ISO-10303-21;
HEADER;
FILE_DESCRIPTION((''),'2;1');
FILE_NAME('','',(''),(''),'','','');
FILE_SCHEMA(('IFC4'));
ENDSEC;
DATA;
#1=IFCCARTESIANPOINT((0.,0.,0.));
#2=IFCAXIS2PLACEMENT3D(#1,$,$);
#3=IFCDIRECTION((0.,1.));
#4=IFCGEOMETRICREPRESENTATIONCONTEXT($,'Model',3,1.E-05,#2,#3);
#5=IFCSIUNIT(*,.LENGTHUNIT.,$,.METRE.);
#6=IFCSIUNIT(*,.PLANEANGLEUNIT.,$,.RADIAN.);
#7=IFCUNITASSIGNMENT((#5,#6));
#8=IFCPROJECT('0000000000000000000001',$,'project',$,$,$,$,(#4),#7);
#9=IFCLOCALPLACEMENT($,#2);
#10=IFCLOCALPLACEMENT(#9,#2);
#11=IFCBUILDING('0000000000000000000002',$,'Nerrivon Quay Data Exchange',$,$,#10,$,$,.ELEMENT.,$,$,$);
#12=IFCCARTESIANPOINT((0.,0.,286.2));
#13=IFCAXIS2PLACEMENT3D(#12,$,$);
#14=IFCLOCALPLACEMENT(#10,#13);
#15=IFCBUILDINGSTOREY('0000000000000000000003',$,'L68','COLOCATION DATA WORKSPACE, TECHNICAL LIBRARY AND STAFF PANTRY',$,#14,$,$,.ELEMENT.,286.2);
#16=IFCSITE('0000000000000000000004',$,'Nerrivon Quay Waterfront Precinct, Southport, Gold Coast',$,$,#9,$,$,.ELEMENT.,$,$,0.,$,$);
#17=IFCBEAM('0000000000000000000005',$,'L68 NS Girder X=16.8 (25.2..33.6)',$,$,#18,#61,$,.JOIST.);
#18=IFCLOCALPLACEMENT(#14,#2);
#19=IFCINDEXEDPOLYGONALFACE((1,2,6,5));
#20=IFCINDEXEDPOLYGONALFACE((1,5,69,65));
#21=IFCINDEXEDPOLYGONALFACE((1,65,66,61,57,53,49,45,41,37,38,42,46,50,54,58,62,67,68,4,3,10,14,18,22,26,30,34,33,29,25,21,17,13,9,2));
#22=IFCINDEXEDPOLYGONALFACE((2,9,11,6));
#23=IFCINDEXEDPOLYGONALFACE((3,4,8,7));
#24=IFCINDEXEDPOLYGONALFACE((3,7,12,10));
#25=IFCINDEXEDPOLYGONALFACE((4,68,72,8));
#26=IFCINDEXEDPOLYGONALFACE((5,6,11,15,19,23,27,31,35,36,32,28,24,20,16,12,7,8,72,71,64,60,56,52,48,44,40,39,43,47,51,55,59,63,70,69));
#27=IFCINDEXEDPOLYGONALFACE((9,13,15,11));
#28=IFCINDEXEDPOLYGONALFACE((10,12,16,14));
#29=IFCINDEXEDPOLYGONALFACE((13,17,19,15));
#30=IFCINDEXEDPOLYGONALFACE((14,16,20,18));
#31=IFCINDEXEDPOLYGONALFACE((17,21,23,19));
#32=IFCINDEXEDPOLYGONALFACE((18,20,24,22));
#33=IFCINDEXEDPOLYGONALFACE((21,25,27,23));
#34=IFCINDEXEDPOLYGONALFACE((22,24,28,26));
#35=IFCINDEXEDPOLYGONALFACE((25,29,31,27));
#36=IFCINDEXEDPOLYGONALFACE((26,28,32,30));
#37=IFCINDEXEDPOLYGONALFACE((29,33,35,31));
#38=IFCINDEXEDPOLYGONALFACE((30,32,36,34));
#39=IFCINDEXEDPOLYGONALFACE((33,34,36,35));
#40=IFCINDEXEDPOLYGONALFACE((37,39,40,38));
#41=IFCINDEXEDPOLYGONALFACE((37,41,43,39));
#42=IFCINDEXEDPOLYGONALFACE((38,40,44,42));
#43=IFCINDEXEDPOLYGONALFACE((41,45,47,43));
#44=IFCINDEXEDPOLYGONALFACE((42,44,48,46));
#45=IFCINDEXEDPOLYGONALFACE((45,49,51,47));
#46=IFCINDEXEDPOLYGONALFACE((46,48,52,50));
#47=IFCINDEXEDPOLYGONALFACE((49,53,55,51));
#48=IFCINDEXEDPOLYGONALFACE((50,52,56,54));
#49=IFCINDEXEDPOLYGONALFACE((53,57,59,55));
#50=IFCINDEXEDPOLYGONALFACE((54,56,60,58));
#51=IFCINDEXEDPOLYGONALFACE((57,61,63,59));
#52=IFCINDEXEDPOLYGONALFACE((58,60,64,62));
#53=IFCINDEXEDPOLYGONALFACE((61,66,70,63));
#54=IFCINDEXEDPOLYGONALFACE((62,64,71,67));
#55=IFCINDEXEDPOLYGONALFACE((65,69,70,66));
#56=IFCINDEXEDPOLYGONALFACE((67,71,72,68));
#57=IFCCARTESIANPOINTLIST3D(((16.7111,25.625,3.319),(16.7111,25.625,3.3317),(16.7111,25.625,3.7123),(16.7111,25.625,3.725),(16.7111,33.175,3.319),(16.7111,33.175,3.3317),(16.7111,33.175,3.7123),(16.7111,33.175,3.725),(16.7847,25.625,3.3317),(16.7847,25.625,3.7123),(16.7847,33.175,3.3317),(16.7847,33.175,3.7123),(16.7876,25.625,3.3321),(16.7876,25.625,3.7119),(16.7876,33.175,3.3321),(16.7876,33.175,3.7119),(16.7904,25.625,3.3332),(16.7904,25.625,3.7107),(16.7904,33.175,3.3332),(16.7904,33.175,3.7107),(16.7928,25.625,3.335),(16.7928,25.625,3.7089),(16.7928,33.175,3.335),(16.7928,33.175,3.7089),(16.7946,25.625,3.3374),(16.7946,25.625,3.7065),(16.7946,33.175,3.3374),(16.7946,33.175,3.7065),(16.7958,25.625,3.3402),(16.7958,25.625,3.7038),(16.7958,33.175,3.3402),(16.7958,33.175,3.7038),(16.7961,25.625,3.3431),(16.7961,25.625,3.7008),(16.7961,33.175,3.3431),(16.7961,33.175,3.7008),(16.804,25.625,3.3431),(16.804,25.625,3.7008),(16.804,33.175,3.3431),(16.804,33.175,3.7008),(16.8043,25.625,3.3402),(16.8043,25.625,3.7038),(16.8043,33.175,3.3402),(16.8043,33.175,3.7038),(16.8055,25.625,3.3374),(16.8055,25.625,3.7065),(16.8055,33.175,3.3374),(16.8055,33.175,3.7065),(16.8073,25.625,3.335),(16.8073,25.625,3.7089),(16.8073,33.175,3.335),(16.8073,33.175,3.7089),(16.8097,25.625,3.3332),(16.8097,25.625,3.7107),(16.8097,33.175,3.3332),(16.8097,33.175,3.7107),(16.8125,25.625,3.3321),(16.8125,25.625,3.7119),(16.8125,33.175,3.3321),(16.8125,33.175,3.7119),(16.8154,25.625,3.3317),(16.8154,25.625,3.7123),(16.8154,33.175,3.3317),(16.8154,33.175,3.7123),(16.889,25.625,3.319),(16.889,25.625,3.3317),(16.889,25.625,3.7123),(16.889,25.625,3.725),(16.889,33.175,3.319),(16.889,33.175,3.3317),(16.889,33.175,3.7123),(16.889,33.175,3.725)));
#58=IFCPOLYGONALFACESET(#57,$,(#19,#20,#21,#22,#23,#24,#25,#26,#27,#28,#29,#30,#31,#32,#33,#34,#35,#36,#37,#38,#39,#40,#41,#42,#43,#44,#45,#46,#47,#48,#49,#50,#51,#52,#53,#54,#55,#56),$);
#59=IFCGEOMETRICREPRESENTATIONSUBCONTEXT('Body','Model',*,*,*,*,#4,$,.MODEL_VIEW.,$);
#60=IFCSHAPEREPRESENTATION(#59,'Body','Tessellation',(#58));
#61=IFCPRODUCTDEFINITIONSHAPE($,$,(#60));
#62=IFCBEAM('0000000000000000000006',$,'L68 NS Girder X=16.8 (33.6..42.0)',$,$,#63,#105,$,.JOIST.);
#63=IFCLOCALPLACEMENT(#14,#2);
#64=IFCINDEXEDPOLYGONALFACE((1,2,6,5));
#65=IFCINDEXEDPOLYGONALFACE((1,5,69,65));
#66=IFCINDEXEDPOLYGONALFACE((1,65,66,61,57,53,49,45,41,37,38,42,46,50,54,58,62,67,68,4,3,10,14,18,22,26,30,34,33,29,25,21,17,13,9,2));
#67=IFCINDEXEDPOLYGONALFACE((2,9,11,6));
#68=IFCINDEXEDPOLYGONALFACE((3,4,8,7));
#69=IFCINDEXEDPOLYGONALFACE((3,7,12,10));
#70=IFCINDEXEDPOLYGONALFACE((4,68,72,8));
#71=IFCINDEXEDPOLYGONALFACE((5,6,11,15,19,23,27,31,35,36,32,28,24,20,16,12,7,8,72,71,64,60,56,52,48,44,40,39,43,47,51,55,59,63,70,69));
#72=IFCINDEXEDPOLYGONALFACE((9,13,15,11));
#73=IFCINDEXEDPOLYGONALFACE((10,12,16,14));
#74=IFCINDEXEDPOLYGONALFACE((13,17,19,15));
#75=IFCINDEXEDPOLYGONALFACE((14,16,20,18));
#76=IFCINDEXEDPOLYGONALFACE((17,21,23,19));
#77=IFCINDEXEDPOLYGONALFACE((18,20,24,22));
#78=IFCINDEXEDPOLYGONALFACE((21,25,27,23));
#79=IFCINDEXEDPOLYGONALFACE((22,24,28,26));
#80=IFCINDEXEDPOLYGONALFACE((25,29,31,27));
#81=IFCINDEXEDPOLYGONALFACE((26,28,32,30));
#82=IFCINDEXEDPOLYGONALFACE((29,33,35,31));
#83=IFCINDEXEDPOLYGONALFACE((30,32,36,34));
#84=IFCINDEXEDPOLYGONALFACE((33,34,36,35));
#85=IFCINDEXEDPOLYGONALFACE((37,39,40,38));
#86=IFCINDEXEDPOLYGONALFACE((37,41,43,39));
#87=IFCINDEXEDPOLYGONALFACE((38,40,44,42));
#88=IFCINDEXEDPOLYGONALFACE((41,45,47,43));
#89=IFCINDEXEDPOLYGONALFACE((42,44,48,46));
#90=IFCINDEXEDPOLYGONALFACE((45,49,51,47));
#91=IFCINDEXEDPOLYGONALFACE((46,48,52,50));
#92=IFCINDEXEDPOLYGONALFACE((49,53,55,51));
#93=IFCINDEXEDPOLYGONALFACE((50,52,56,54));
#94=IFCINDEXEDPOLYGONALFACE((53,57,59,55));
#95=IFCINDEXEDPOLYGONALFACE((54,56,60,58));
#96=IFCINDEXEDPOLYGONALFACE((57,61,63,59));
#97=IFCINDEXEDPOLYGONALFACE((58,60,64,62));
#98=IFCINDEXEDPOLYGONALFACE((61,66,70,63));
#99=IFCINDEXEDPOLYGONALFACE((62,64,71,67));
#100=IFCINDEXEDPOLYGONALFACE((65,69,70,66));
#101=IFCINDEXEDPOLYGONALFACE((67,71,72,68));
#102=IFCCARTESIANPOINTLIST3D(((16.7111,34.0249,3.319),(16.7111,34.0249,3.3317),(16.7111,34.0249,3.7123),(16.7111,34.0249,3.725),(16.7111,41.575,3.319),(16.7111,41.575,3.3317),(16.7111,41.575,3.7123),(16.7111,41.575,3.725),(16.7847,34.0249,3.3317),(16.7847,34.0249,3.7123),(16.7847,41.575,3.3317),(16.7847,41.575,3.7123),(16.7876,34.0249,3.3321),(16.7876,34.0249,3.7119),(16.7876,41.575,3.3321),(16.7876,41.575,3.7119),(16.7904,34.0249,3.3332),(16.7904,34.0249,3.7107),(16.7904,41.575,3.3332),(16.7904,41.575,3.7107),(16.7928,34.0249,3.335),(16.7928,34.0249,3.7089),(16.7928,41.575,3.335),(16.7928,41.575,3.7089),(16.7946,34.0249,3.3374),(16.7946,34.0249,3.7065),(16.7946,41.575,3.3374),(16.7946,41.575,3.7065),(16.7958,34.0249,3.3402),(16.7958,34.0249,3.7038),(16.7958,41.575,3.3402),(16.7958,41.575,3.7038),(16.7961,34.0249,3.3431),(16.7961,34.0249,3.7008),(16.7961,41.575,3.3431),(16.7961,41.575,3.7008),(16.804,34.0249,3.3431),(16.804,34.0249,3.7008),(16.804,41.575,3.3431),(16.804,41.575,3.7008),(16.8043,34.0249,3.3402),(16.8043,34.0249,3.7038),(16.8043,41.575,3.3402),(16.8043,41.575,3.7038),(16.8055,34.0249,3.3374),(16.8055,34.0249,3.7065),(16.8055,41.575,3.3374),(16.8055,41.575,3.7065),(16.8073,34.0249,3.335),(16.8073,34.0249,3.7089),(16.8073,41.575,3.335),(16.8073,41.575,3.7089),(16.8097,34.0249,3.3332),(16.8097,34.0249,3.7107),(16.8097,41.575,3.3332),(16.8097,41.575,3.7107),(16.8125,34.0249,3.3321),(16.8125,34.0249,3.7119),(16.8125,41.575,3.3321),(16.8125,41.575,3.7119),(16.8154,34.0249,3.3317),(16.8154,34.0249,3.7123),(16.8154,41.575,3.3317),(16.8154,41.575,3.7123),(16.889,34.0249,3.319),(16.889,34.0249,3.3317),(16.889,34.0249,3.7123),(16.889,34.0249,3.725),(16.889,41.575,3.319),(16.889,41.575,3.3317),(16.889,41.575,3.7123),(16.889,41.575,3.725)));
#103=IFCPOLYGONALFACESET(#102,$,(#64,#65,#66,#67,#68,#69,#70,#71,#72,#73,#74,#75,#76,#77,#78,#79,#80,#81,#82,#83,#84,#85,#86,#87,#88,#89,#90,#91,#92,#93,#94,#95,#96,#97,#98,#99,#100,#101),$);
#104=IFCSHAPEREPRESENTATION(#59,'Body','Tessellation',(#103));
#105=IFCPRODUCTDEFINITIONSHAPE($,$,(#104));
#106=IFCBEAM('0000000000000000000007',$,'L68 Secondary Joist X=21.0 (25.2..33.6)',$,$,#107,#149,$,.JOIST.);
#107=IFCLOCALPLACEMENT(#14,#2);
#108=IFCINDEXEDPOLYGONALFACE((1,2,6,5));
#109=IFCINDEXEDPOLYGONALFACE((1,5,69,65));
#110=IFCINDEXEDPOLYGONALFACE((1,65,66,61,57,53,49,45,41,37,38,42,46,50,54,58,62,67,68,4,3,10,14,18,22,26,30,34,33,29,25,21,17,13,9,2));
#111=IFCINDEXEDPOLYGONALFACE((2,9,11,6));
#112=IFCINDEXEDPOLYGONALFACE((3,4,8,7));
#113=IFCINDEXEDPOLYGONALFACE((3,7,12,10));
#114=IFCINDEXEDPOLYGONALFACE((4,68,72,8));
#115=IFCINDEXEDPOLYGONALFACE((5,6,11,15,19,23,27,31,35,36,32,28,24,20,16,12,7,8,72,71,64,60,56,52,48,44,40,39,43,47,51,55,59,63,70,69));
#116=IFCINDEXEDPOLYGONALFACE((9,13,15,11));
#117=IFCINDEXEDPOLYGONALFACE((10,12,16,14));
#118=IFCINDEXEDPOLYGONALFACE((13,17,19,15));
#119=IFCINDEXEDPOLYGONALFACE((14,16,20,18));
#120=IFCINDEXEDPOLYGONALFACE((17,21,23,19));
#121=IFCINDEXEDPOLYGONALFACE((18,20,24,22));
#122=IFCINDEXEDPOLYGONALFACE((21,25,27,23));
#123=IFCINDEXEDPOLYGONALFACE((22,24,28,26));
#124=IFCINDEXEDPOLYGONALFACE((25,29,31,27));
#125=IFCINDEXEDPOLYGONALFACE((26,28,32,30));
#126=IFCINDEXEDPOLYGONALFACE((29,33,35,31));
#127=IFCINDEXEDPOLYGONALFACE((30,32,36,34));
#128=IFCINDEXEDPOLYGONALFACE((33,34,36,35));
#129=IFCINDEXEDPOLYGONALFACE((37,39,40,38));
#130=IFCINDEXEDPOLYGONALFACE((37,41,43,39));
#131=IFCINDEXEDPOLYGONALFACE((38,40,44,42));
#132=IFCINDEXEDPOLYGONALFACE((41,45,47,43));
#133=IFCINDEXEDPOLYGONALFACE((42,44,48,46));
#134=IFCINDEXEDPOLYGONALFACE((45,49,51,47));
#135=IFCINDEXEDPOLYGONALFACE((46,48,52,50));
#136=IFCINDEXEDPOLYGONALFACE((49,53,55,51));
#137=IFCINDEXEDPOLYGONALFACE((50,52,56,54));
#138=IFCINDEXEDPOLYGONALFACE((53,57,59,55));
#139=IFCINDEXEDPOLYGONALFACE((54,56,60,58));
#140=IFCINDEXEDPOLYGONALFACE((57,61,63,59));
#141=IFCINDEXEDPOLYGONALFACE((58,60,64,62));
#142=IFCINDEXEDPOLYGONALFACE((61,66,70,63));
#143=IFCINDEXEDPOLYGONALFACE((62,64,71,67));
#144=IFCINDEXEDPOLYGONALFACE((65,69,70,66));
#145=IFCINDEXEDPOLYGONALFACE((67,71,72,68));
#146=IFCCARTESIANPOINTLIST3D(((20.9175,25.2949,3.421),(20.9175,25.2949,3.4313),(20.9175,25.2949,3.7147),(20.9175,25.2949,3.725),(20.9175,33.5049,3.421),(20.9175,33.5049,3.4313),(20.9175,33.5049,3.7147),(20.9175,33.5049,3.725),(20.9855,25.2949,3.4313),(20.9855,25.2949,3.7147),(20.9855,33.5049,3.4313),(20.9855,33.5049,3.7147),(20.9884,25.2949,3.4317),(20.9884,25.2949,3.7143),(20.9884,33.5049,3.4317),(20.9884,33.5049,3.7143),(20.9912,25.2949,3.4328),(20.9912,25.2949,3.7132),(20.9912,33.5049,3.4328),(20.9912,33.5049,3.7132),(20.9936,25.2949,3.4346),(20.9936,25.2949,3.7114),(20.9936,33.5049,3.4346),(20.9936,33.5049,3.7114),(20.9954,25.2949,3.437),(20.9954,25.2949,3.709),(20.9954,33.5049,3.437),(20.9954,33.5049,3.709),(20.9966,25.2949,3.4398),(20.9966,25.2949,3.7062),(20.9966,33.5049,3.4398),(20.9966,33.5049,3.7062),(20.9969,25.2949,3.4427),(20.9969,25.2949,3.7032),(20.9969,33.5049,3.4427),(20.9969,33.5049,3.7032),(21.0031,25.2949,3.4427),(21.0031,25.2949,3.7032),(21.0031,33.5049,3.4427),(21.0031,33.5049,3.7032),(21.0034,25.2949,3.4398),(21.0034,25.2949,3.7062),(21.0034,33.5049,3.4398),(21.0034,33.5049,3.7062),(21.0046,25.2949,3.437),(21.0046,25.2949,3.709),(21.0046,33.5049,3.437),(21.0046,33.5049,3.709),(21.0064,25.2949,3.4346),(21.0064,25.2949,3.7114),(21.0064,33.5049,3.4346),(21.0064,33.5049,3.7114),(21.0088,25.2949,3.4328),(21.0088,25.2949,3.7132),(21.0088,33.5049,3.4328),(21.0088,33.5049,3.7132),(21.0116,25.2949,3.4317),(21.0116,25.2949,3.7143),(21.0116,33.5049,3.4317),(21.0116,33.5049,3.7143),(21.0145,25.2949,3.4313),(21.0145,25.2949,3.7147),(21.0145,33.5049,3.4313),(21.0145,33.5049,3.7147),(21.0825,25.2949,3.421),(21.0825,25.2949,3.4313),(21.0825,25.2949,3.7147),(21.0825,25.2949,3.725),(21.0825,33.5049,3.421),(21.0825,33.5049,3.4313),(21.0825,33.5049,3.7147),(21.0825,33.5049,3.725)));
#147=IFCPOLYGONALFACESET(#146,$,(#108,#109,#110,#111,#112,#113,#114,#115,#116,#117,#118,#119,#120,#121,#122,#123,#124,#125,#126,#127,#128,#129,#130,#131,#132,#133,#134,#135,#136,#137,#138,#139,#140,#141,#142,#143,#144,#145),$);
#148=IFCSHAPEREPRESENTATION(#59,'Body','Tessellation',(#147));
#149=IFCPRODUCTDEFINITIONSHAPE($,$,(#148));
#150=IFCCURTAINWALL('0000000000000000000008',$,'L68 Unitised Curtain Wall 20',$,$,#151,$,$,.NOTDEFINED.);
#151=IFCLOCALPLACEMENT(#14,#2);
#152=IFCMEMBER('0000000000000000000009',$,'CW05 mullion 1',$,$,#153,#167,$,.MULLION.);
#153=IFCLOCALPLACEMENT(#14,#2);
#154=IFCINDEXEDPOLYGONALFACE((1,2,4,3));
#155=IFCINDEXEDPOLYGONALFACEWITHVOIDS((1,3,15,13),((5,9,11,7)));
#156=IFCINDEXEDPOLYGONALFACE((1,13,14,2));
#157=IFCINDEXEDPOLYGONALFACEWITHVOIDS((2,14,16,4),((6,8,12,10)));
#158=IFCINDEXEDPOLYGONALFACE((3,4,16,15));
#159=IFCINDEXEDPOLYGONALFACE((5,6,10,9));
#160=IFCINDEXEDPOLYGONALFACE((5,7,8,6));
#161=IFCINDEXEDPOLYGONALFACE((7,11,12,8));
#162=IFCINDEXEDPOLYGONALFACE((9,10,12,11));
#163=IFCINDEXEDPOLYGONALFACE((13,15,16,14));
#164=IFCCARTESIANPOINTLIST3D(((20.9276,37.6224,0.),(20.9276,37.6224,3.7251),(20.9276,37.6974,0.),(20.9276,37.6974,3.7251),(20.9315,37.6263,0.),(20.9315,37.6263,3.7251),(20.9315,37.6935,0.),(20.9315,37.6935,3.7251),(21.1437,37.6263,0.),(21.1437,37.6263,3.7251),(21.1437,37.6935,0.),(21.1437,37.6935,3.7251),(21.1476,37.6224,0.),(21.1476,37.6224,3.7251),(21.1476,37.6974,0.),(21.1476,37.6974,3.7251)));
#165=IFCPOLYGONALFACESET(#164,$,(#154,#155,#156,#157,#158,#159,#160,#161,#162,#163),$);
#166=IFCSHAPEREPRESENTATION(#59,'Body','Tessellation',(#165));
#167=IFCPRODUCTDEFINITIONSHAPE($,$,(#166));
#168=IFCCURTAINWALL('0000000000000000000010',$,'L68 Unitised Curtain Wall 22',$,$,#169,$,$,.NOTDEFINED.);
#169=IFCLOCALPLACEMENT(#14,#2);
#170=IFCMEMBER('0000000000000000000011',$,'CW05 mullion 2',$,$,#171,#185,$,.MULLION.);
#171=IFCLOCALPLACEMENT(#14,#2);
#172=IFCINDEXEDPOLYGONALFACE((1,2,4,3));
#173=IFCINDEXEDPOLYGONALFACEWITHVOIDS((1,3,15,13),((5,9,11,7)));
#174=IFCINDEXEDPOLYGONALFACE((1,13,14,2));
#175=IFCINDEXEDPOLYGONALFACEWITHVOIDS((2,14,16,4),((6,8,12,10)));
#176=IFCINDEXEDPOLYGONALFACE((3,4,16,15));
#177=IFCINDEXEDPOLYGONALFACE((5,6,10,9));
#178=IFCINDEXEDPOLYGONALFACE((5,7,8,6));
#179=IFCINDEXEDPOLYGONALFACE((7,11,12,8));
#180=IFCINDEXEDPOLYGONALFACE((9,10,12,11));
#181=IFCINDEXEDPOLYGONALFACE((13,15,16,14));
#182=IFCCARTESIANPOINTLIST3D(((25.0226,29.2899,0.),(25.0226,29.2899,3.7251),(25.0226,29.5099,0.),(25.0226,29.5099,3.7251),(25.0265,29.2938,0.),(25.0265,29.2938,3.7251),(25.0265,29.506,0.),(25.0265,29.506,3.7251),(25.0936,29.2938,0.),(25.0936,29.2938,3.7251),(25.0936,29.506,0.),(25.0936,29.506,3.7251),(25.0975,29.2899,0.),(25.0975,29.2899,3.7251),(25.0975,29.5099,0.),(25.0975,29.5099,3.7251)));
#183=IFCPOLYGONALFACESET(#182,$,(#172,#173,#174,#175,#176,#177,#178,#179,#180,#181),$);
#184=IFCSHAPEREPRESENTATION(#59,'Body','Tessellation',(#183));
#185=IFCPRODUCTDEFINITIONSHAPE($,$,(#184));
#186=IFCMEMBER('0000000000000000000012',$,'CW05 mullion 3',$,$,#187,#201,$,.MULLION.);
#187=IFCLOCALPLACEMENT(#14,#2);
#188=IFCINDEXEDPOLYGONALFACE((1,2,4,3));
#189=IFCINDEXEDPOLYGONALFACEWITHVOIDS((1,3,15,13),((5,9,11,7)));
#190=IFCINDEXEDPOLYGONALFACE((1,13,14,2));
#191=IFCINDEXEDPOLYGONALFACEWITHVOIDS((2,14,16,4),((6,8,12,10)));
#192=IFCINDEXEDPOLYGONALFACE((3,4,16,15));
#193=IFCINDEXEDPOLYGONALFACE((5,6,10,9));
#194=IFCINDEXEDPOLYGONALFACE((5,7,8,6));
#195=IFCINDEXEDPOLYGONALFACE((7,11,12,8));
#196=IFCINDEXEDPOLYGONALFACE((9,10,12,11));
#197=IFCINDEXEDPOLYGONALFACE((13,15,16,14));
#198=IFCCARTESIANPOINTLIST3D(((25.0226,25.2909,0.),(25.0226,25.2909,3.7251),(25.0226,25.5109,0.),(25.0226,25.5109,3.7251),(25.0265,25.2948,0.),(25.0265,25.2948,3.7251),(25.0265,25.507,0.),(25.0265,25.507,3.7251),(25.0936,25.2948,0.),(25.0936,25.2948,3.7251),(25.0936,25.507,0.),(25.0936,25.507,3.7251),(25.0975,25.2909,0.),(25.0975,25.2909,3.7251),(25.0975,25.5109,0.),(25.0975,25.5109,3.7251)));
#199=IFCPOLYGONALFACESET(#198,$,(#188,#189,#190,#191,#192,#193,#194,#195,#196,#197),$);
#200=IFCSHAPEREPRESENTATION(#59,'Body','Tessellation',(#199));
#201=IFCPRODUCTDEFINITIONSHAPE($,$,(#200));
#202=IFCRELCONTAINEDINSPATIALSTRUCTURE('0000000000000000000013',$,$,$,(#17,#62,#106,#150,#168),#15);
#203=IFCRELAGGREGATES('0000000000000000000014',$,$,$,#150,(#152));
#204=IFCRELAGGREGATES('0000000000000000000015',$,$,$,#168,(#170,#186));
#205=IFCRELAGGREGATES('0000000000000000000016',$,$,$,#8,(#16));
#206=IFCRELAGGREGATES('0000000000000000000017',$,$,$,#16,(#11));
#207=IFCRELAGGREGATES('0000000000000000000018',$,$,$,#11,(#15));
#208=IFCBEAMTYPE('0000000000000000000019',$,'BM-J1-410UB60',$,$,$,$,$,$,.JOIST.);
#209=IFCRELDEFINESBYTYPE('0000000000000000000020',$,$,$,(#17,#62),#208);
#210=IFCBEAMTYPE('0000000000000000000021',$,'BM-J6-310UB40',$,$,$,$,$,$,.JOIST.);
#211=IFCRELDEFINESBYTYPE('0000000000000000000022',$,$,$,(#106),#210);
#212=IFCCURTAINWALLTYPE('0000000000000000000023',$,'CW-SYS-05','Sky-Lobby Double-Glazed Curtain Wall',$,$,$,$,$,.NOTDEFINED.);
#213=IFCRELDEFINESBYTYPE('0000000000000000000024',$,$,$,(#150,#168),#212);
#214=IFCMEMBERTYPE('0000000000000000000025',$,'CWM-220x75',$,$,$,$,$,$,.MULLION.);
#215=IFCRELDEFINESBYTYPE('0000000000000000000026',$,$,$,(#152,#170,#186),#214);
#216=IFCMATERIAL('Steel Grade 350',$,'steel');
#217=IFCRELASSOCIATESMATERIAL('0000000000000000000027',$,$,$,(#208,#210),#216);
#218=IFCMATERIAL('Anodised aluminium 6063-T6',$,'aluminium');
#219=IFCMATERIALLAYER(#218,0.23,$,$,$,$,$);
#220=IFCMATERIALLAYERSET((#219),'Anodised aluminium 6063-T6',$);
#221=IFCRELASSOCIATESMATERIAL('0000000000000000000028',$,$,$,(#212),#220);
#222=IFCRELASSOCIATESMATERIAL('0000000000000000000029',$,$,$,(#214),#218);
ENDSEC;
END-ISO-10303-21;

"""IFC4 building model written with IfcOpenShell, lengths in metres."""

from ifc_helpers import new_model, si_unit, direction, frame, origin, origin_2d, place, context, subcontext, project, spatial, hollow_rectangle, i_section, extrude, material, layer, layer_set, material_profile, profile_set, type_object, element, aggregate, save


model = new_model("IFC4")

# Units and contexts
model_context = context("Model", 3, precision=1e-05, world=origin(), true_north=direction((0.0, 1.0)))
body_context = subcontext(model_context, "Body", "Model", "MODEL_VIEW")
ifc_project = project(units=[si_unit("LENGTHUNIT", "METRE"), si_unit("PLANEANGLEUNIT", "RADIAN")], contexts=[model_context])

# Site, building, storey
site_placement = place(None, origin())
site = spatial("IfcSite", under=ifc_project, at=site_placement, Name="Nerrivon Quay Waterfront Precinct, Southport, Gold Coast", CompositionType="ELEMENT", RefElevation=0.0)
building_placement = place(site_placement, origin())
building = spatial("IfcBuilding", under=site, at=building_placement, Name="Nerrivon Quay Data Exchange", CompositionType="ELEMENT")
storey_placement = place(building_placement, frame((0.0, 0.0, 286.2)))
storey = spatial("IfcBuildingStorey", under=building, at=storey_placement, Name="L68", Description="COLOCATION DATA WORKSPACE, TECHNICAL LIBRARY AND STAFF PANTRY", CompositionType="ELEMENT", Elevation=286.2)

# Beams
ifc_material_1 = material(Name="Steel Grade 350", Category="steel")
ifc_material_profile_1 = material_profile(ifc_material_1, i_section(OverallWidth=0.178, OverallDepth=0.406, WebThickness=0.0078, FlangeThickness=0.0127, FilletRadius=0.0115, at=origin_2d()), Name="410UB59.7")
ifc_profile_set_1 = profile_set([ifc_material_profile_1], Name="Steel Grade 350")
beam_type_1 = type_object("IfcBeamType", Name="BM-J1-410UB60", PredefinedType="JOIST", material=ifc_profile_set_1)
for number, where, z_axis, x_axis, name in (
    (1, (16.8, 25.625, 3.522), (0.0, 1.0, 0.0), (-1.0, 0.0, 0.0), "L68 NS Girder X=16.8 (25.2..33.6)"),
    (2, (16.8, 34.0249, 3.522), (0.0, 1.0, 0.0), (-1.0, 0.0, 0.0), "L68 NS Girder X=16.8 (33.6..42.0)"),
):
    element("IfcBeam", number, at=place(storey_placement, frame(where, z_axis=z_axis, x_axis=x_axis)), inside=storey, type_object=beam_type_1, Name=name, PredefinedType="JOIST", context=body_context, shape_type="SweptSolid", body=[
        extrude(i_section(OverallWidth=0.178, OverallDepth=0.406, WebThickness=0.0078, FlangeThickness=0.0127, FilletRadius=0.0115, at=origin_2d()), origin(), (0.0, 0.0, 1.0), 7.55),
    ])
ifc_material_profile_2 = material_profile(ifc_material_1, i_section(OverallWidth=0.165, OverallDepth=0.304, WebThickness=0.0061, FlangeThickness=0.0103, FilletRadius=0.0115, at=origin_2d()), Name="310UB40.4")
ifc_profile_set_2 = profile_set([ifc_material_profile_2], Name="Steel Grade 350")
beam_type_2 = type_object("IfcBeamType", Name="BM-J6-310UB40", PredefinedType="JOIST", material=ifc_profile_set_2)
beam_1_placement = place(storey_placement, frame((21.0, 25.2949, 3.573), z_axis=(0.0, 1.0, 0.0), x_axis=(-1.0, 0.0, 0.0)))
element("IfcBeam", 3, at=beam_1_placement, inside=storey, type_object=beam_type_2, Name="L68 Secondary Joist X=21.0 (25.2..33.6)", PredefinedType="JOIST", context=body_context, shape_type="SweptSolid", body=[
    extrude(i_section(OverallWidth=0.165, OverallDepth=0.304, WebThickness=0.0061, FlangeThickness=0.0103, FilletRadius=0.0115, at=origin_2d()), origin(), (0.0, 0.0, 1.0), 8.21),
])

# Curtain wall, member
ifc_material_2 = material(Name="Anodised aluminium 6063-T6", Category="aluminium")
ifc_layer_1 = layer(ifc_material_2, 0.23)
ifc_layer_set_1 = layer_set([ifc_layer_1], Name="Anodised aluminium 6063-T6")
curtain_wall_type = type_object("IfcCurtainWallType", Name="CW-SYS-05", Description="Sky-Lobby Double-Glazed Curtain Wall", PredefinedType="NOTDEFINED", material=ifc_layer_set_1)
curtain_wall_1_placement = place(storey_placement, origin())
curtain_wall_1 = element("IfcCurtainWall", 4, at=curtain_wall_1_placement, inside=storey, type_object=curtain_wall_type, Name="L68 Unitised Curtain Wall 20", PredefinedType="NOTDEFINED")
ifc_material_profile_3 = material_profile(ifc_material_2, hollow_rectangle(XDim=0.075, YDim=0.22, WallThickness=0.0039, at=origin_2d()), Name="ALU-MULL-220x75")
ifc_profile_set_3 = profile_set([ifc_material_profile_3], Name="Anodised aluminium 6063-T6")
member_type_1 = type_object("IfcMemberType", Name="CWM-220x75", PredefinedType="MULLION", material=ifc_profile_set_3)
member_1_placement = place(storey_placement, frame((21.0376, 37.6599, 0.0), z_axis=(0.0, 0.0, 1.0), x_axis=(0.0, 1.0, 0.0)))
member_1 = element("IfcMember", 5, at=member_1_placement, type_object=member_type_1, Name="CW05 mullion 1", PredefinedType="MULLION", context=body_context, shape_type="SweptSolid", body=[
    extrude(hollow_rectangle(XDim=0.075, YDim=0.22, WallThickness=0.0039, at=origin_2d()), origin(), (0.0, 0.0, 1.0), 3.7251),
])

# Curtain wall, members
curtain_wall_2_placement = place(storey_placement, origin())
curtain_wall_2 = element("IfcCurtainWall", 6, at=curtain_wall_2_placement, inside=storey, type_object=curtain_wall_type, Name="L68 Unitised Curtain Wall 22", PredefinedType="NOTDEFINED")
member_2_placement = place(storey_placement, frame((25.0601, 29.3999, 0.0), z_axis=(0.0, 0.0, 1.0), x_axis=(1.0, 0.0, 0.0)))
member_2 = element("IfcMember", 7, at=member_2_placement, type_object=member_type_1, Name="CW05 mullion 2", PredefinedType="MULLION", context=body_context, shape_type="SweptSolid", body=[
    extrude(hollow_rectangle(XDim=0.075, YDim=0.22, WallThickness=0.0039, at=origin_2d()), origin(), (0.0, 0.0, 1.0), 3.7251),
])
member_3_placement = place(storey_placement, frame((25.0601, 25.4009, 0.0), z_axis=(0.0, 0.0, 1.0), x_axis=(1.0, 0.0, 0.0)))
member_3 = element("IfcMember", 8, at=member_3_placement, type_object=member_type_1, Name="CW05 mullion 3", PredefinedType="MULLION", context=body_context, shape_type="SweptSolid", body=[
    extrude(hollow_rectangle(XDim=0.075, YDim=0.22, WallThickness=0.0039, at=origin_2d()), origin(), (0.0, 0.0, 1.0), 3.7251),
])

aggregate(curtain_wall_1, [member_1])

aggregate(curtain_wall_2, [member_2, member_3])

save(model, "model.ifc")
